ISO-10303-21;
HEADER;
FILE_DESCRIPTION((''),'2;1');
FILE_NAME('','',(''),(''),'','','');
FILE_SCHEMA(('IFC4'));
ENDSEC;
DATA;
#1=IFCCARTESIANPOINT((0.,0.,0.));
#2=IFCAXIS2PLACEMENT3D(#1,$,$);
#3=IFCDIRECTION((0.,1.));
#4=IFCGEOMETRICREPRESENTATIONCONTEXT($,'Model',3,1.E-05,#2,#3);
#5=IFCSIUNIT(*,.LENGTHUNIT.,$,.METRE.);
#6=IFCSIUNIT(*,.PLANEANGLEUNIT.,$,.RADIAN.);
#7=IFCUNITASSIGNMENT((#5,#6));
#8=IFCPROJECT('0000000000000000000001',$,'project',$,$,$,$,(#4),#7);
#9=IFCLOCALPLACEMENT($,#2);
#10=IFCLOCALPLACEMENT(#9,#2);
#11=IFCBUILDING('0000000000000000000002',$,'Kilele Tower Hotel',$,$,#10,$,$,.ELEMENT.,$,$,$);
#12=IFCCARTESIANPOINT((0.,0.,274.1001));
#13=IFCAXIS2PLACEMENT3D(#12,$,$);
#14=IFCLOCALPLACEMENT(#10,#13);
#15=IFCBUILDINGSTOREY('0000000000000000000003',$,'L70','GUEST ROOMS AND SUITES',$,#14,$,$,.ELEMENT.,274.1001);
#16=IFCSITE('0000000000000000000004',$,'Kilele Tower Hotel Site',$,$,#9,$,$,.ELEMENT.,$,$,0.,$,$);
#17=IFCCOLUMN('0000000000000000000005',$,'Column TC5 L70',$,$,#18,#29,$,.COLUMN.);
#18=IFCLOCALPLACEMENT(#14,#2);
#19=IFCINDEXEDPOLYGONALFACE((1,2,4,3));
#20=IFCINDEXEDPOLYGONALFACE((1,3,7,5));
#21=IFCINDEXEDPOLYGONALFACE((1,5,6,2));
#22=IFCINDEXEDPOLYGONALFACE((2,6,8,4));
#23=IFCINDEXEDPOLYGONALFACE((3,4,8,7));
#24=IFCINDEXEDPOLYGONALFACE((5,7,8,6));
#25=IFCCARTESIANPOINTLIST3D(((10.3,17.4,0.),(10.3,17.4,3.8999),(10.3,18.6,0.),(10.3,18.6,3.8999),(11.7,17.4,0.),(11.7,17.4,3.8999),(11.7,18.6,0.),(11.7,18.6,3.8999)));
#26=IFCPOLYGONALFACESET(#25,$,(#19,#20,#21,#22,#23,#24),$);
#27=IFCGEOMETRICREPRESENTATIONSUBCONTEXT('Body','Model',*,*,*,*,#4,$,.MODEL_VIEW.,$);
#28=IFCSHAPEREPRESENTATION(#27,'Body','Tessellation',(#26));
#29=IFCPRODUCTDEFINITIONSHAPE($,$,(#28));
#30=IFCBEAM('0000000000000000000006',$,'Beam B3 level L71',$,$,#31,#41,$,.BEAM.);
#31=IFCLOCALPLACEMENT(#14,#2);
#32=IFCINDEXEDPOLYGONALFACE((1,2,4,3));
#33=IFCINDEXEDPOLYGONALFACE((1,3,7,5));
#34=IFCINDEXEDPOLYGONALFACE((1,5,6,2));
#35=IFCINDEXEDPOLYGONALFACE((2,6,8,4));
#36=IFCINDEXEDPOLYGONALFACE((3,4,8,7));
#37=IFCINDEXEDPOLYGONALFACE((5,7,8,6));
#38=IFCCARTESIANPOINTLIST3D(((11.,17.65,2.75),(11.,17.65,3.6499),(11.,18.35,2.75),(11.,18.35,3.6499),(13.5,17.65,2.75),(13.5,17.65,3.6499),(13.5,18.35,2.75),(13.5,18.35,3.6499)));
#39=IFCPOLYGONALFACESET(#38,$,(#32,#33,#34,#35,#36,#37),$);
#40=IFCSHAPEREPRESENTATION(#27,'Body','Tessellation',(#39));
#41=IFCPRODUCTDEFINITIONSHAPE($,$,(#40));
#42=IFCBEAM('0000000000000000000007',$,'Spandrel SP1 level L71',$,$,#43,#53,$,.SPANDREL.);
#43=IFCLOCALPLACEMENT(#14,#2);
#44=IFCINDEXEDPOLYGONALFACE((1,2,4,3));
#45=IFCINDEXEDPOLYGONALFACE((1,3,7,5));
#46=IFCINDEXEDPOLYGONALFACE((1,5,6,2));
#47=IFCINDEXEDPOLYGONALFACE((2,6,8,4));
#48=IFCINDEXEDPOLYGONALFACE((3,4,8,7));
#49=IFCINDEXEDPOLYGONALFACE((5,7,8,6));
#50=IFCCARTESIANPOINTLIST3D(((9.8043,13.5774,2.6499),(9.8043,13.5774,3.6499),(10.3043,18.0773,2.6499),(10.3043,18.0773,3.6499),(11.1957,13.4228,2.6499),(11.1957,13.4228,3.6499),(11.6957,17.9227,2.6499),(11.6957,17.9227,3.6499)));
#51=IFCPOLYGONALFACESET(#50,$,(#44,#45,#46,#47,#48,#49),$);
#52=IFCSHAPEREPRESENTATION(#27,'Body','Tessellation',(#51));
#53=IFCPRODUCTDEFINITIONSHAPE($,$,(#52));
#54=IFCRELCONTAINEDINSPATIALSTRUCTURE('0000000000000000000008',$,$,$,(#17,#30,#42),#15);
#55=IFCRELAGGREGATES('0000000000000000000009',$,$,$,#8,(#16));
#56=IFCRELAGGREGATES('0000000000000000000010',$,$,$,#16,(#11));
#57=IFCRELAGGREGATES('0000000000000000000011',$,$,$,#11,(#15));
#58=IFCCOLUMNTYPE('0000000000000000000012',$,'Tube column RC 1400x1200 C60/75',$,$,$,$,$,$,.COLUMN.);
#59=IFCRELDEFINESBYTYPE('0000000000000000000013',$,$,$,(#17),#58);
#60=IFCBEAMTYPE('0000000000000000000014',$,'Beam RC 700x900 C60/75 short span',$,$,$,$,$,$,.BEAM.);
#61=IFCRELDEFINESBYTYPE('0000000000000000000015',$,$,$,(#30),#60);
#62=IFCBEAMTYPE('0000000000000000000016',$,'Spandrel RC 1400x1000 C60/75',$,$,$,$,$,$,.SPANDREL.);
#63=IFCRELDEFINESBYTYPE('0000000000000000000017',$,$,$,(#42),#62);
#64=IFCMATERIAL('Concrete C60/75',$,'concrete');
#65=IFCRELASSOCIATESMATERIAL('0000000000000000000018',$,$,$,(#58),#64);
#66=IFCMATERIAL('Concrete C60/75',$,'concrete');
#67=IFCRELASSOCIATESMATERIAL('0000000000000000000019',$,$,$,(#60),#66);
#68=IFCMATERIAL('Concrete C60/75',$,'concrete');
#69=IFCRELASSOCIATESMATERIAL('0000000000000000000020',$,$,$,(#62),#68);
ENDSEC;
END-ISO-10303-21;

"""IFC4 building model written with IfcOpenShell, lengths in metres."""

from ifc_helpers import new_model, si_unit, direction, frame, origin, origin_2d, place, context, subcontext, project, spatial, rectangle, extrude, material, material_profile, profile_set, type_object, element, save


model = new_model("IFC4")

# Units and contexts
model_context = context("Model", 3, precision=1e-05, world=origin(), true_north=direction((0.0, 1.0)))
body_context = subcontext(model_context, "Body", "Model", "MODEL_VIEW")
ifc_project = project(units=[si_unit("LENGTHUNIT", "METRE"), si_unit("PLANEANGLEUNIT", "RADIAN")], contexts=[model_context])

# Site, building, storey
site_placement = place(None, origin())
site = spatial("IfcSite", under=ifc_project, at=site_placement, Name="Kilele Tower Hotel Site", CompositionType="ELEMENT", RefElevation=0.0)
building_placement = place(site_placement, origin())
building = spatial("IfcBuilding", under=site, at=building_placement, Name="Kilele Tower Hotel", CompositionType="ELEMENT")
storey_placement = place(building_placement, frame((0.0, 0.0, 274.1001)))
storey = spatial("IfcBuildingStorey", under=building, at=storey_placement, Name="L70", Description="GUEST ROOMS AND SUITES", CompositionType="ELEMENT", Elevation=274.1001)

# Column
ifc_material_1 = material(Name="Concrete C60/75", Category="concrete")
ifc_material_profile_1 = material_profile(ifc_material_1, rectangle(XDim=1.3999, YDim=1.2, at=origin_2d()))
ifc_profile_set_1 = profile_set([ifc_material_profile_1], Name="Concrete C60/75")
column_type = type_object("IfcColumnType", Name="Tube column RC 1400x1200 C60/75", PredefinedType="COLUMN", material=ifc_profile_set_1)
column_placement = place(storey_placement, frame((11.0, 18.0, 0.0), z_axis=(0.0, 0.0, 1.0), x_axis=(1.0, 0.0, 0.0)))
element("IfcColumn", 1, at=column_placement, inside=storey, type_object=column_type, Name="Column TC5 L70", PredefinedType="COLUMN", context=body_context, shape_type="SweptSolid", body=[
    extrude(rectangle(XDim=1.3999, YDim=1.2, at=origin_2d()), origin(), (0.0, 0.0, 1.0), 3.8999),
])

# Beams
ifc_material_2 = material(Name="Concrete C60/75", Category="concrete")
ifc_material_profile_2 = material_profile(ifc_material_2, rectangle(XDim=0.7, YDim=0.8999, at=origin_2d()))
ifc_profile_set_2 = profile_set([ifc_material_profile_2], Name="Concrete C60/75")
beam_type_1 = type_object("IfcBeamType", Name="Beam RC 700x900 C60/75 short span", PredefinedType="BEAM", material=ifc_profile_set_2)
beam_1_placement = place(storey_placement, frame((11.0, 18.0, 3.2), z_axis=(1.0, 0.0, 0.0), x_axis=(0.0, 1.0, 0.0)))
element("IfcBeam", 2, at=beam_1_placement, inside=storey, type_object=beam_type_1, Name="Beam B3 level L71", PredefinedType="BEAM", context=body_context, shape_type="SweptSolid", body=[
    extrude(rectangle(XDim=0.7, YDim=0.8999, at=origin_2d()), origin(), (0.0, 0.0, 1.0), 2.5),
])
ifc_material_3 = material(Name="Concrete C60/75", Category="concrete")
ifc_material_profile_3 = material_profile(ifc_material_3, rectangle(XDim=1.3999, YDim=1.0, at=origin_2d()))
ifc_profile_set_3 = profile_set([ifc_material_profile_3], Name="Concrete C60/75")
beam_type_2 = type_object("IfcBeamType", Name="Spandrel RC 1400x1000 C60/75", PredefinedType="SPANDREL", material=ifc_profile_set_3)
beam_2_placement = place(storey_placement, frame((11.0, 18.0, 3.1499), z_axis=(-0.110432, -0.993884, 0.0), x_axis=(0.993884, -0.110432, 0.0)))
element("IfcBeam", 3, at=beam_2_placement, inside=storey, type_object=beam_type_2, Name="Spandrel SP1 level L71", PredefinedType="SPANDREL", context=body_context, shape_type="SweptSolid", body=[
    extrude(rectangle(XDim=1.3999, YDim=1.0, at=origin_2d()), origin(), (0.0, 0.0, 1.0), 4.5276),
])

save(model, "model.ifc")
